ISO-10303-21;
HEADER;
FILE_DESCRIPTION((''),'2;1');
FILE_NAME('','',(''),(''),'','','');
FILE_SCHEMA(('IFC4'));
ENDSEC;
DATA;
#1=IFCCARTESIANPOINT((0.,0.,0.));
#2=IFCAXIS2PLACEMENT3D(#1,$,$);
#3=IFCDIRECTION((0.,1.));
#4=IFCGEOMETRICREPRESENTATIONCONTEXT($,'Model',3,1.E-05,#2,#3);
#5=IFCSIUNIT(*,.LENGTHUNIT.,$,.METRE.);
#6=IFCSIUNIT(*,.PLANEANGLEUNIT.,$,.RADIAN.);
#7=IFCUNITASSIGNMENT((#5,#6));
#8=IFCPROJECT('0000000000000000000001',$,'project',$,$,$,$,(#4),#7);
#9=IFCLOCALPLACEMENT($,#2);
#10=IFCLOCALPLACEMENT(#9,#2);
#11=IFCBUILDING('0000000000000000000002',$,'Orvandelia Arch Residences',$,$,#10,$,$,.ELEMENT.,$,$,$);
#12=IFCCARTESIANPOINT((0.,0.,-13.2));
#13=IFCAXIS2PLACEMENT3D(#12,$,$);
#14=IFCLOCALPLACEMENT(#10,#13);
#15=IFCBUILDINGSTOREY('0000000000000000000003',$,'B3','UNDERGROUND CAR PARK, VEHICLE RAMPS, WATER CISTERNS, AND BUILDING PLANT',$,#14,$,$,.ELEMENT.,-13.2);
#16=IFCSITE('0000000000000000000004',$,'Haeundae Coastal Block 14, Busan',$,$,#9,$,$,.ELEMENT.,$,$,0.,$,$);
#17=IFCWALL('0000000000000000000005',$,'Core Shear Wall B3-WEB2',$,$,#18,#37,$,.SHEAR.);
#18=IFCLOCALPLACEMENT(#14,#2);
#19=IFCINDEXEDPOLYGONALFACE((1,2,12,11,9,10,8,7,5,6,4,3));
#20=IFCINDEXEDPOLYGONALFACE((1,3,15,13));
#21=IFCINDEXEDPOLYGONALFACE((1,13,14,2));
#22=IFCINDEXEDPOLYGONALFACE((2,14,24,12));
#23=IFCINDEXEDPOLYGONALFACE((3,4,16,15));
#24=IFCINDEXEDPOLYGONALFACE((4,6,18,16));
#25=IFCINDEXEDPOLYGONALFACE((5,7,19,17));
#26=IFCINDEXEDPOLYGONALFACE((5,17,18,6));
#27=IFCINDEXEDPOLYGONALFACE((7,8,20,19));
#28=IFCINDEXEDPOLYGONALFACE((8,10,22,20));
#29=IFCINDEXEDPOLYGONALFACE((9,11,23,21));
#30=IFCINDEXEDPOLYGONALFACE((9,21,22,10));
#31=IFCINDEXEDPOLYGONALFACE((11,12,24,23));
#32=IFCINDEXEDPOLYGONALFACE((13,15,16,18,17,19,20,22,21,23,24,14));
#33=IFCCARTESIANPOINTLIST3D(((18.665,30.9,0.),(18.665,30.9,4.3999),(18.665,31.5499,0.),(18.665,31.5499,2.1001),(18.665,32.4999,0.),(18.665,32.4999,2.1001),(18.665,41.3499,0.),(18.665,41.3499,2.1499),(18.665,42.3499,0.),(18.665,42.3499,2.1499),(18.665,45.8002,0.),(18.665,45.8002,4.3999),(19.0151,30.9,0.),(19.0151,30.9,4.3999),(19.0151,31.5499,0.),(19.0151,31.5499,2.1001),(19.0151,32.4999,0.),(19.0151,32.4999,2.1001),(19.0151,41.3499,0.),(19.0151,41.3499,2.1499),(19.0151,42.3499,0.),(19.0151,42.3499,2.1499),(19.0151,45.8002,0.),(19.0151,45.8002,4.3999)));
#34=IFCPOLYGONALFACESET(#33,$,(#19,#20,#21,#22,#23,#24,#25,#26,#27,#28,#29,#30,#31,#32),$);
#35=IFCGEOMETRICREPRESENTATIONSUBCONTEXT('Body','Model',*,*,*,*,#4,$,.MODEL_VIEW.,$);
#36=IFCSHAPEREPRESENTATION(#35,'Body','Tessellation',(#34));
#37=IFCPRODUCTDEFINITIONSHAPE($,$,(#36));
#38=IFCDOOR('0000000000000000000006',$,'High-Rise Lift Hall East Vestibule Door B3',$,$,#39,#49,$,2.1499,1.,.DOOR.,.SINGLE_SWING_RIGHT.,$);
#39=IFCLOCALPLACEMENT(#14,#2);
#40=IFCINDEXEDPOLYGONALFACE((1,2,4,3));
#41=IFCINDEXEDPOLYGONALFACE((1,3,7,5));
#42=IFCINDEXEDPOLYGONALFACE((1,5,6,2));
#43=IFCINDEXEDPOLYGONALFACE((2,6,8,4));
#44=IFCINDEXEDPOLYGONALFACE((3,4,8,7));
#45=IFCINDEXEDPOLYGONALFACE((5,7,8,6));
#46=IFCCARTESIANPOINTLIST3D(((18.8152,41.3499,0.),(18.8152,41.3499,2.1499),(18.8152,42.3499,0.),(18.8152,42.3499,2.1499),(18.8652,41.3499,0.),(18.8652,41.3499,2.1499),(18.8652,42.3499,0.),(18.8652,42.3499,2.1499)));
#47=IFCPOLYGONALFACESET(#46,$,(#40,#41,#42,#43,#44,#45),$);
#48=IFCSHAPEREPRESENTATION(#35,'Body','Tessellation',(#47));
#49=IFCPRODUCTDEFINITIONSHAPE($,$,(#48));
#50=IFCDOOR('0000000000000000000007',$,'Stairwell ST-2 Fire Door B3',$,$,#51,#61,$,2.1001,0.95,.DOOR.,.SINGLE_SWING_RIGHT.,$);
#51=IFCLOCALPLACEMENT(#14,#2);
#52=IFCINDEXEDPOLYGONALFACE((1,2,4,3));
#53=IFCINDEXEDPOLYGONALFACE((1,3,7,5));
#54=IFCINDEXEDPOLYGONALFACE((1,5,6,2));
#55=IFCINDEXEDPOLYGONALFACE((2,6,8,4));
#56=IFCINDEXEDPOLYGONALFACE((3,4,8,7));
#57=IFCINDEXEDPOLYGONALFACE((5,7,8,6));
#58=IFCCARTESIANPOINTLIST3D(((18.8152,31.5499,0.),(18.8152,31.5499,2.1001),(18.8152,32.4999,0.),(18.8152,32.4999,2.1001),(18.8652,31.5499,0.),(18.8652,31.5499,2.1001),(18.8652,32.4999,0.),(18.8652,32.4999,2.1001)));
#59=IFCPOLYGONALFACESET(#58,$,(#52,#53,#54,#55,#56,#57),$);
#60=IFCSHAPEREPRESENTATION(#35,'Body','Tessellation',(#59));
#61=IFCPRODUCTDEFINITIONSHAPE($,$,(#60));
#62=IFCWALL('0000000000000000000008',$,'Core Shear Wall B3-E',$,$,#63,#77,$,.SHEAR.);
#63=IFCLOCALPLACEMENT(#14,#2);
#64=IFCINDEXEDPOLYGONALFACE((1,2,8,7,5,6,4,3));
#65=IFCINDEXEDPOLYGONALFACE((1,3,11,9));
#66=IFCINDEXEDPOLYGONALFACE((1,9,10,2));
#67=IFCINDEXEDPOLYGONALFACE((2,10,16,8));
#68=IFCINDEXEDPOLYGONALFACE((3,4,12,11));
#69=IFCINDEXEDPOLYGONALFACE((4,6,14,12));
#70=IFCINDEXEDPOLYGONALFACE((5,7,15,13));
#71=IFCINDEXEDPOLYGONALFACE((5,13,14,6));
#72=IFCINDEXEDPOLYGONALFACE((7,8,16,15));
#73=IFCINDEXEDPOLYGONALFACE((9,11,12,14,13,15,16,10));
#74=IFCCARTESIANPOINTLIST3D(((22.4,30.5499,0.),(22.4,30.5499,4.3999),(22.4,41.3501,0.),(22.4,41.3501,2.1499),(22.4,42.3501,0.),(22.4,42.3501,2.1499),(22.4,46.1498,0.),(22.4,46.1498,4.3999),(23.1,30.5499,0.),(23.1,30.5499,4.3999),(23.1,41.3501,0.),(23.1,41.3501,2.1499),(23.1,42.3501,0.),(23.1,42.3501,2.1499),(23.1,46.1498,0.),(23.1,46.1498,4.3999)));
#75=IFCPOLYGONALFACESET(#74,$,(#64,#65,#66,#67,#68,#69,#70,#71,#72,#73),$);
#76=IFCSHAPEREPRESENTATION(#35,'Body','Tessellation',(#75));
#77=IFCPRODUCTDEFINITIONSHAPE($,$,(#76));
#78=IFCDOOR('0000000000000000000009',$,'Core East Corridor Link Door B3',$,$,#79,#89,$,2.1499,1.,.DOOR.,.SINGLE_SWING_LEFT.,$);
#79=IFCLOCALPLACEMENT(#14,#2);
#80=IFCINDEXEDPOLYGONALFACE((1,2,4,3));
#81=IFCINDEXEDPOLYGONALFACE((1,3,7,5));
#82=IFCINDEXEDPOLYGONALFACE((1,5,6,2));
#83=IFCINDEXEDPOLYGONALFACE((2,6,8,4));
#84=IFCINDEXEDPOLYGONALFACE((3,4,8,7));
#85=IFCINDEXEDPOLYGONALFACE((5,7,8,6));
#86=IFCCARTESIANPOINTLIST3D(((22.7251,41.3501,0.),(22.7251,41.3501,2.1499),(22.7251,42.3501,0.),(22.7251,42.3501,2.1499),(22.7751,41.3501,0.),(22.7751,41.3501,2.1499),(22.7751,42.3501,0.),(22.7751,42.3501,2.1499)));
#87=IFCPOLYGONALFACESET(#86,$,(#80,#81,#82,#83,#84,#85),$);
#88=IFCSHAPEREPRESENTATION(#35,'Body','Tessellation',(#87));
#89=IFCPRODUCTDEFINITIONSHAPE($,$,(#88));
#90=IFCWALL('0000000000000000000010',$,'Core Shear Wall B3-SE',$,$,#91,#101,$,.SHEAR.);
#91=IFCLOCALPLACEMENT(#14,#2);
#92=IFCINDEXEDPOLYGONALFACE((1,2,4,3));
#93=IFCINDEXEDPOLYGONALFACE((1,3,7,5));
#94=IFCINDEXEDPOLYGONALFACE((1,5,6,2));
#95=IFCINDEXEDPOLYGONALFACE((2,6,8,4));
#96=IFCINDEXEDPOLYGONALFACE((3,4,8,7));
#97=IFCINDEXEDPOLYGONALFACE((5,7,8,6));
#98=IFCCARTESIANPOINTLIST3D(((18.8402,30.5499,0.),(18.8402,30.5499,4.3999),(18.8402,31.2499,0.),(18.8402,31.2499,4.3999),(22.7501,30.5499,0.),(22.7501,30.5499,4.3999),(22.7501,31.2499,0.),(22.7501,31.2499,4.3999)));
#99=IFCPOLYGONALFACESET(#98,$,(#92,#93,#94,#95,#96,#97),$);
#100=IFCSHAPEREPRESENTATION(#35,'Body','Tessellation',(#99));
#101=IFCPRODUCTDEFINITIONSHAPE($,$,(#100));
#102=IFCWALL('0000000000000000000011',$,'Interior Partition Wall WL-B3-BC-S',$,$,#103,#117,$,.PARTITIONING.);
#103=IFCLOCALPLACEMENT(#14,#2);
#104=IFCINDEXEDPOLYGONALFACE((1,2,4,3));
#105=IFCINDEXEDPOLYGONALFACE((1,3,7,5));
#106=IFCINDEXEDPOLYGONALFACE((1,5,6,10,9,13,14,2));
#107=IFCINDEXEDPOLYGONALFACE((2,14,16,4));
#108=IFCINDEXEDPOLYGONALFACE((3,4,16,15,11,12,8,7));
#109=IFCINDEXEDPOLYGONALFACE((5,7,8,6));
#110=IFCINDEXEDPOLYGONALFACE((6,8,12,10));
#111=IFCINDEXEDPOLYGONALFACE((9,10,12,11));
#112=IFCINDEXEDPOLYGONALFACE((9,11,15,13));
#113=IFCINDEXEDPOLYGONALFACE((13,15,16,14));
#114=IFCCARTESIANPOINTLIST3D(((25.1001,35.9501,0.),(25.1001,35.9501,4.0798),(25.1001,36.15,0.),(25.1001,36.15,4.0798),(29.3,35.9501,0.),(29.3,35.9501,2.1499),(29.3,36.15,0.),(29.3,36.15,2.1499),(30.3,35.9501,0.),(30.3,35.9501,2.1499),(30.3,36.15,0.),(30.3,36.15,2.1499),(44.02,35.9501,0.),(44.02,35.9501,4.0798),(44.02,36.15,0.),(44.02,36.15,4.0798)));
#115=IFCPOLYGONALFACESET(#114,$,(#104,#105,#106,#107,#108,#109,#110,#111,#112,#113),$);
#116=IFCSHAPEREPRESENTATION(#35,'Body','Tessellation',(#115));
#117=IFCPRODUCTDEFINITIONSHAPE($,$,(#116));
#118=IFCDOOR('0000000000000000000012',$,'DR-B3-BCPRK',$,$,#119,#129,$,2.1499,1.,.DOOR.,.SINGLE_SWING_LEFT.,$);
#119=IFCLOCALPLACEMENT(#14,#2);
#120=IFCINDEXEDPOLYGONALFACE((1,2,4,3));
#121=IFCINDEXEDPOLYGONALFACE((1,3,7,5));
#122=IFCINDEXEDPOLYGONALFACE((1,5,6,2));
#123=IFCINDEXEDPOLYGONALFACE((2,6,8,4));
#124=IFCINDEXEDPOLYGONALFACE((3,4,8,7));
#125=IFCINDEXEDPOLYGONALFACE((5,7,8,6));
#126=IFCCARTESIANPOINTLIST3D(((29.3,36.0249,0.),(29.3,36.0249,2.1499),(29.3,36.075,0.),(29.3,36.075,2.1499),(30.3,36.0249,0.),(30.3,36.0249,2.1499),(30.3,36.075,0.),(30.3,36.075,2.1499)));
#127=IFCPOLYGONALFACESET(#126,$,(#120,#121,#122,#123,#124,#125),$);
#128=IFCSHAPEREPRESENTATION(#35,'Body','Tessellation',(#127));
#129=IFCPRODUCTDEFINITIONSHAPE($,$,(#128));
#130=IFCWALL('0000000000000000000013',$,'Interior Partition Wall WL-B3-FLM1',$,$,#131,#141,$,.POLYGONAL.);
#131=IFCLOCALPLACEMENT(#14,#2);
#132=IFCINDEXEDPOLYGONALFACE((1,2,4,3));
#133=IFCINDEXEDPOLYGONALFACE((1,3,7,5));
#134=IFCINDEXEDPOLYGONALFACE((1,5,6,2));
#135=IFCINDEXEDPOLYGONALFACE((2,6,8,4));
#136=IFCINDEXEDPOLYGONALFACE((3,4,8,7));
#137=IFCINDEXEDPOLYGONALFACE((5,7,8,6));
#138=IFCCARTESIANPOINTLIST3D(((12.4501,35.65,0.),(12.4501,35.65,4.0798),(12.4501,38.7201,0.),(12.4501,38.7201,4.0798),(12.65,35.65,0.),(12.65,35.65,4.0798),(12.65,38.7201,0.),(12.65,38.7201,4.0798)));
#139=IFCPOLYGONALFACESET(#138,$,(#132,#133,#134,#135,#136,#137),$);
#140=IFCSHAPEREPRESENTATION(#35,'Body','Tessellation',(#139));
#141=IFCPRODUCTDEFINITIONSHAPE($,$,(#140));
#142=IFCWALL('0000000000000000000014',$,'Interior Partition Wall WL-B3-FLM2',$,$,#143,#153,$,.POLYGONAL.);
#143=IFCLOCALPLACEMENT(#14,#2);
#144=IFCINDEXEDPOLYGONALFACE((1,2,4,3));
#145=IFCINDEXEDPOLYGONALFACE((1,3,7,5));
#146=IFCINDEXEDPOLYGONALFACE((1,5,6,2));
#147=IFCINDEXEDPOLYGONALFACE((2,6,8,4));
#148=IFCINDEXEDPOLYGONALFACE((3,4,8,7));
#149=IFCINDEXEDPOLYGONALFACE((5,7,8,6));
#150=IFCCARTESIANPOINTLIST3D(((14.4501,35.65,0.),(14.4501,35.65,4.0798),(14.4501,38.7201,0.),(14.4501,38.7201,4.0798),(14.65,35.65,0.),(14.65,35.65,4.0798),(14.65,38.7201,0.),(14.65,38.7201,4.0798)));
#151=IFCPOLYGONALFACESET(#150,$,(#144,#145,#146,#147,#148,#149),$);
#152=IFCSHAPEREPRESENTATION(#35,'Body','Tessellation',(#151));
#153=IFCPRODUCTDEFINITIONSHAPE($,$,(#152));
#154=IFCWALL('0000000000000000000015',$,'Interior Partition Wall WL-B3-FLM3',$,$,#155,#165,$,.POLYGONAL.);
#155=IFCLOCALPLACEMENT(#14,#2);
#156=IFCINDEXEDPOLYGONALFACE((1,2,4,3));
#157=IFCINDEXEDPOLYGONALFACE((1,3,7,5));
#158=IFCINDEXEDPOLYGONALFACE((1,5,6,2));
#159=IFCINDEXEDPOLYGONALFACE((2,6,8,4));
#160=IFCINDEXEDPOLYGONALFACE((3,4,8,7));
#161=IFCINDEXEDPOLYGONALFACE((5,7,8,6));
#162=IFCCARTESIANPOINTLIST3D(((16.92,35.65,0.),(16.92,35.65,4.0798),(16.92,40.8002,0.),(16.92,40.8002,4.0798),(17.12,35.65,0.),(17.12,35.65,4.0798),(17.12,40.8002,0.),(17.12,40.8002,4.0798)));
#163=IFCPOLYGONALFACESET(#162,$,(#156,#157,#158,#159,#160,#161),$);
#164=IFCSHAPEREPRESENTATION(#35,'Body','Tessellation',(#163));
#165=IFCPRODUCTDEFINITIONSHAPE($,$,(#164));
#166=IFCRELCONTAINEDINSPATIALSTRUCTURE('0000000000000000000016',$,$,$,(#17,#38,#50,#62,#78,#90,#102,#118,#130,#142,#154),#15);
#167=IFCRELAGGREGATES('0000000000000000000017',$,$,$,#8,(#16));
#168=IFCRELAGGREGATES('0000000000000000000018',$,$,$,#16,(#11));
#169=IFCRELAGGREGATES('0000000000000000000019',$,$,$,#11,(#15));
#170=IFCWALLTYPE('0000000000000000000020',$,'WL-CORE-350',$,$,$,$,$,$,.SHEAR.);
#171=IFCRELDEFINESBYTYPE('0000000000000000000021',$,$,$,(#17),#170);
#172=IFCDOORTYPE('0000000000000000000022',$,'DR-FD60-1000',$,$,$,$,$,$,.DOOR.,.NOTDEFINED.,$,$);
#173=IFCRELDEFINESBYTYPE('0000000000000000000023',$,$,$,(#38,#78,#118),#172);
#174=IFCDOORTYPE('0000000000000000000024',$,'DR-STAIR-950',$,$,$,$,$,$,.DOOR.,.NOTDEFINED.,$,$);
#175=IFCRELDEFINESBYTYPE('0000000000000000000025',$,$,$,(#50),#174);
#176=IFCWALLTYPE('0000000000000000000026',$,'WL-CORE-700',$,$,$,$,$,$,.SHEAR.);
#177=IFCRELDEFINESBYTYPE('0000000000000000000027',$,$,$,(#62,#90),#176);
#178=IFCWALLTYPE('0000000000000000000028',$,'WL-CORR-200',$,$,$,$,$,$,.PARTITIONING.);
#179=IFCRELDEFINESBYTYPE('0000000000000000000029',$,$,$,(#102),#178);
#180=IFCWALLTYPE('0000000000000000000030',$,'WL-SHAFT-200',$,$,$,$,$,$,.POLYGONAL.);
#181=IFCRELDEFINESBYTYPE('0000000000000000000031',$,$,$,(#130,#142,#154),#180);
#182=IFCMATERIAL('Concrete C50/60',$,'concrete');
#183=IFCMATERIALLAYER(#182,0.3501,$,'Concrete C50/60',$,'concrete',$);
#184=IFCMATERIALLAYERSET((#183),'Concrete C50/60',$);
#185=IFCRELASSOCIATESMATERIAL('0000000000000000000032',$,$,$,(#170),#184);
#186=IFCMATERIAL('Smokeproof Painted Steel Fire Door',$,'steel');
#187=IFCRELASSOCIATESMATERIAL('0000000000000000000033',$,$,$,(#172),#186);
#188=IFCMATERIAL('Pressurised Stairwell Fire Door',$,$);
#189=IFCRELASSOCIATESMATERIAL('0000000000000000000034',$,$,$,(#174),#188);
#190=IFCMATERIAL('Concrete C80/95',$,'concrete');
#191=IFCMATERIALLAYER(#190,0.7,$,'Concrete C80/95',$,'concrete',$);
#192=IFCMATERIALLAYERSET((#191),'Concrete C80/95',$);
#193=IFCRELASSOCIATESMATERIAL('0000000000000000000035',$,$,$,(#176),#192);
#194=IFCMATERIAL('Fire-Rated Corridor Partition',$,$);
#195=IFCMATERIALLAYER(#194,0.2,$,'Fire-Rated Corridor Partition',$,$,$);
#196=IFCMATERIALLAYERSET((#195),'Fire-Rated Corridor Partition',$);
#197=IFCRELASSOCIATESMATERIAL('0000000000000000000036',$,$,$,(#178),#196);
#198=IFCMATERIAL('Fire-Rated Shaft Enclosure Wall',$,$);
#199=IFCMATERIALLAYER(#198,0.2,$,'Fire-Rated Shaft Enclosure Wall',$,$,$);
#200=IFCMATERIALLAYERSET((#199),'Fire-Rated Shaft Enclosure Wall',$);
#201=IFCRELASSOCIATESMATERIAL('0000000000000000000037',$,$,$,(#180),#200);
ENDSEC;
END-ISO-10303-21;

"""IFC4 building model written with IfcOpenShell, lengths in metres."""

from ifc_helpers import new_model, si_unit, direction, frame, frame_2d, origin, place, context, subcontext, project, spatial, rectangle, extrude, material, layer, layer_set, type_object, element, fill, save


model = new_model("IFC4")

# Units and contexts
model_context = context("Model", 3, precision=1e-05, world=origin(), true_north=direction((0.0, 1.0)))
body_context = subcontext(model_context, "Body", "Model", "MODEL_VIEW")
ifc_project = project(units=[si_unit("LENGTHUNIT", "METRE"), si_unit("PLANEANGLEUNIT", "RADIAN")], contexts=[model_context])

# Site, building, storey
site_placement = place(None, origin())
site = spatial("IfcSite", under=ifc_project, at=site_placement, Name="Haeundae Coastal Block 14, Busan", CompositionType="ELEMENT", RefElevation=0.0)
building_placement = place(site_placement, origin())
building = spatial("IfcBuilding", under=site, at=building_placement, Name="Orvandelia Arch Residences", CompositionType="ELEMENT")
storey_placement = place(building_placement, frame((0.0, 0.0, -13.2)))
storey = spatial("IfcBuildingStorey", under=building, at=storey_placement, Name="B3", Description="UNDERGROUND CAR PARK, VEHICLE RAMPS, WATER CISTERNS, AND BUILDING PLANT", CompositionType="ELEMENT", Elevation=-13.2)

# Shared definitions
ifc_material_1 = material(Name="Concrete C50/60", Category="concrete")

# Shared definitions
ifc_material_2 = material(Name="Concrete C80/95", Category="concrete")

# Wall, openings, doors
ifc_layer_1 = layer(ifc_material_1, 0.3501, Name="Concrete C50/60", Category="concrete")
ifc_layer_set_1 = layer_set([ifc_layer_1], Name="Concrete C50/60")
wall_type_1 = type_object("IfcWallType", Name="WL-CORE-350", PredefinedType="SHEAR", material=ifc_layer_set_1)
wall_1_placement = place(storey_placement, frame((18.8401, 30.8999, 0.0), z_axis=(0.0, 0.0, 1.0), x_axis=(0.0, 1.0, 0.0)))
wall_1 = element("IfcWall", 1, at=wall_1_placement, inside=storey, type_object=wall_type_1, Name="Core Shear Wall B3-WEB2", PredefinedType="SHEAR", context=body_context, shape_type="SweptSolid", body=[
    extrude(rectangle(XDim=14.9001, YDim=0.3501, at=frame_2d((7.4502, 0.0))), origin(), (0.0, 0.0, 1.0), 4.3999),
])
opening_1_placement = place(wall_1_placement, frame((0.6499, 0.0, 0.0)))
opening_1 = element("IfcOpeningElement", 2, at=opening_1_placement, cuts=wall_1, PredefinedType="OPENING", context=body_context, shape_type="SweptSolid", body=[
    extrude(rectangle(XDim=0.95, YDim=2.1001, at=frame_2d((0.4751, 1.05))), frame((0.0, 0.1851, 0.0), z_axis=(0.0, -1.0, 0.0), x_axis=(1.0, 0.0, 0.0)), (0.0, 0.0, 1.0), 0.3701),
])
opening_2_placement = place(wall_1_placement, frame((10.45, 0.0, 0.0)))
opening_2 = element("IfcOpeningElement", 3, at=opening_2_placement, cuts=wall_1, PredefinedType="OPENING", context=body_context, shape_type="SweptSolid", body=[
    extrude(rectangle(XDim=1.0, YDim=2.1499, at=frame_2d((0.5, 1.075))), frame((0.0, 0.1851, 0.0), z_axis=(0.0, -1.0, 0.0), x_axis=(1.0, 0.0, 0.0)), (0.0, 0.0, 1.0), 0.3701),
])
ifc_material_3 = material(Name="Smokeproof Painted Steel Fire Door", Category="steel")
door_type_1 = type_object("IfcDoorType", Name="DR-FD60-1000", OperationType="NOTDEFINED", PredefinedType="DOOR", material=ifc_material_3)
door_1_placement = place(opening_2_placement, origin())
door_1 = element("IfcDoor", 4, at=door_1_placement, inside=storey, type_object=door_type_1, Name="High-Rise Lift Hall East Vestibule Door B3", OperationType="SINGLE_SWING_RIGHT", OverallHeight=2.1499, OverallWidth=1.0, PredefinedType="DOOR", context=body_context, shape_type="SweptSolid", body=[
    extrude(rectangle(XDim=1.0, YDim=2.1499, at=frame_2d((0.5, 1.075))), frame((0.0, 0.0249, 0.0), z_axis=(0.0, -1.0, 0.0), x_axis=(1.0, 0.0, 0.0)), (0.0, 0.0, 1.0), 0.05),
])
fill(opening_2, door_1)
ifc_material_4 = material(Name="Pressurised Stairwell Fire Door")
door_type_2 = type_object("IfcDoorType", Name="DR-STAIR-950", OperationType="NOTDEFINED", PredefinedType="DOOR", material=ifc_material_4)
door_2_placement = place(opening_1_placement, origin())
door_2 = element("IfcDoor", 5, at=door_2_placement, inside=storey, type_object=door_type_2, Name="Stairwell ST-2 Fire Door B3", OperationType="SINGLE_SWING_RIGHT", OverallHeight=2.1001, OverallWidth=0.95, PredefinedType="DOOR", context=body_context, shape_type="SweptSolid", body=[
    extrude(rectangle(XDim=0.95, YDim=2.1001, at=frame_2d((0.4751, 1.05))), frame((0.0, 0.0249, 0.0), z_axis=(0.0, -1.0, 0.0), x_axis=(1.0, 0.0, 0.0)), (0.0, 0.0, 1.0), 0.05),
])
fill(opening_1, door_2)

# Wall, opening, door
ifc_layer_2 = layer(ifc_material_2, 0.7, Name="Concrete C80/95", Category="concrete")
ifc_layer_set_2 = layer_set([ifc_layer_2], Name="Concrete C80/95")
wall_type_2 = type_object("IfcWallType", Name="WL-CORE-700", PredefinedType="SHEAR", material=ifc_layer_set_2)
wall_2_placement = place(storey_placement, frame((22.75, 30.55, 0.0), z_axis=(0.0, 0.0, 1.0), x_axis=(0.0, 1.0, 0.0)))
wall_2 = element("IfcWall", 6, at=wall_2_placement, inside=storey, type_object=wall_type_2, Name="Core Shear Wall B3-E", PredefinedType="SHEAR", context=body_context, shape_type="SweptSolid", body=[
    extrude(rectangle(XDim=15.5999, YDim=0.7, at=frame_2d((7.7998, 0.0))), origin(), (0.0, 0.0, 1.0), 4.3999),
])
opening_3_placement = place(wall_2_placement, frame((10.8, 0.0, 0.0)))
opening_3 = element("IfcOpeningElement", 7, at=opening_3_placement, cuts=wall_2, PredefinedType="OPENING", context=body_context, shape_type="SweptSolid", body=[
    extrude(rectangle(XDim=1.0, YDim=2.1499, at=frame_2d((0.5, 1.075))), frame((0.0, 0.3599, 0.0), z_axis=(0.0, -1.0, 0.0), x_axis=(1.0, 0.0, 0.0)), (0.0, 0.0, 1.0), 0.72),
])
door_3_placement = place(opening_3_placement, origin())
door_3 = element("IfcDoor", 8, at=door_3_placement, inside=storey, type_object=door_type_1, Name="Core East Corridor Link Door B3", OperationType="SINGLE_SWING_LEFT", OverallHeight=2.1499, OverallWidth=1.0, PredefinedType="DOOR", context=body_context, shape_type="SweptSolid", body=[
    extrude(rectangle(XDim=1.0, YDim=2.1499, at=frame_2d((0.5, 1.075))), frame((0.0, 0.0249, 0.0), z_axis=(0.0, -1.0, 0.0), x_axis=(1.0, 0.0, 0.0)), (0.0, 0.0, 1.0), 0.05),
])
fill(opening_3, door_3)

# Wall
wall_3_placement = place(storey_placement, frame((18.8401, 30.8999, 0.0), z_axis=(0.0, 0.0, 1.0), x_axis=(1.0, 0.0, 0.0)))
element("IfcWall", 9, at=wall_3_placement, inside=storey, type_object=wall_type_2, Name="Core Shear Wall B3-SE", PredefinedType="SHEAR", context=body_context, shape_type="SweptSolid", body=[
    extrude(rectangle(XDim=3.9099, YDim=0.7, at=frame_2d((1.9551, 0.0))), origin(), (0.0, 0.0, 1.0), 4.3999),
])

# Wall, opening, door
ifc_material_5 = material(Name="Fire-Rated Corridor Partition")
ifc_layer_3 = layer(ifc_material_5, 0.2, Name="Fire-Rated Corridor Partition")
ifc_layer_set_3 = layer_set([ifc_layer_3], Name="Fire-Rated Corridor Partition")
wall_type_3 = type_object("IfcWallType", Name="WL-CORR-200", PredefinedType="PARTITIONING", material=ifc_layer_set_3)
wall_4_placement = place(storey_placement, frame((25.1001, 36.05, 0.0), z_axis=(0.0, 0.0, 1.0), x_axis=(1.0, 0.0, 0.0)))
wall_4 = element("IfcWall", 10, at=wall_4_placement, inside=storey, type_object=wall_type_3, Name="Interior Partition Wall WL-B3-BC-S", PredefinedType="PARTITIONING", context=body_context, shape_type="SweptSolid", body=[
    extrude(rectangle(XDim=18.9199, YDim=0.2, at=frame_2d((9.46, 0.0))), origin(), (0.0, 0.0, 1.0), 4.0798),
])
opening_4_placement = place(wall_4_placement, frame((4.2, 0.0, 0.0)))
opening_4 = element("IfcOpeningElement", 11, at=opening_4_placement, cuts=wall_4, PredefinedType="OPENING", context=body_context, shape_type="SweptSolid", body=[
    extrude(rectangle(XDim=1.0, YDim=2.1499, at=frame_2d((0.5, 1.075))), frame((0.0, 0.1099, 0.0), z_axis=(0.0, -1.0, 0.0), x_axis=(1.0, 0.0, 0.0)), (0.0, 0.0, 1.0), 0.22),
])
door_4_placement = place(opening_4_placement, origin())
door_4 = element("IfcDoor", 12, at=door_4_placement, inside=storey, type_object=door_type_1, Name="DR-B3-BCPRK", OperationType="SINGLE_SWING_LEFT", OverallHeight=2.1499, OverallWidth=1.0, PredefinedType="DOOR", context=body_context, shape_type="SweptSolid", body=[
    extrude(rectangle(XDim=1.0, YDim=2.1499, at=frame_2d((0.5, 1.075))), frame((0.0, 0.0249, 0.0), z_axis=(0.0, -1.0, 0.0), x_axis=(1.0, 0.0, 0.0)), (0.0, 0.0, 1.0), 0.05),
])
fill(opening_4, door_4)

# Walls
ifc_material_6 = material(Name="Fire-Rated Shaft Enclosure Wall")
ifc_layer_4 = layer(ifc_material_6, 0.2, Name="Fire-Rated Shaft Enclosure Wall")
ifc_layer_set_4 = layer_set([ifc_layer_4], Name="Fire-Rated Shaft Enclosure Wall")
wall_type_4 = type_object("IfcWallType", Name="WL-SHAFT-200", PredefinedType="POLYGONAL", material=ifc_layer_set_4)
for number, where, z_axis, x_axis, name in (
    (13, (12.55, 35.6499, 0.0), (0.0, 0.0, 1.0), (0.0, 1.0, 0.0), "Interior Partition Wall WL-B3-FLM1"),
    (14, (14.55, 35.6499, 0.0), (0.0, 0.0, 1.0), (0.0, 1.0, 0.0), "Interior Partition Wall WL-B3-FLM2"),
):
    element("IfcWall", number, at=place(storey_placement, frame(where, z_axis=z_axis, x_axis=x_axis)), inside=storey, type_object=wall_type_4, Name=name, PredefinedType="POLYGONAL", context=body_context, shape_type="SweptSolid", body=[
        extrude(rectangle(XDim=3.0701, YDim=0.2, at=frame_2d((1.5352, 0.0))), origin(), (0.0, 0.0, 1.0), 4.0798),
    ])
wall_5_placement = place(storey_placement, frame((17.02, 35.6499, 0.0), z_axis=(0.0, 0.0, 1.0), x_axis=(0.0, 1.0, 0.0)))
element("IfcWall", 15, at=wall_5_placement, inside=storey, type_object=wall_type_4, Name="Interior Partition Wall WL-B3-FLM3", PredefinedType="POLYGONAL", context=body_context, shape_type="SweptSolid", body=[
    extrude(rectangle(XDim=5.1501, YDim=0.2, at=frame_2d((2.5752, 0.0))), origin(), (0.0, 0.0, 1.0), 4.0798),
])

save(model, "model.ifc")
